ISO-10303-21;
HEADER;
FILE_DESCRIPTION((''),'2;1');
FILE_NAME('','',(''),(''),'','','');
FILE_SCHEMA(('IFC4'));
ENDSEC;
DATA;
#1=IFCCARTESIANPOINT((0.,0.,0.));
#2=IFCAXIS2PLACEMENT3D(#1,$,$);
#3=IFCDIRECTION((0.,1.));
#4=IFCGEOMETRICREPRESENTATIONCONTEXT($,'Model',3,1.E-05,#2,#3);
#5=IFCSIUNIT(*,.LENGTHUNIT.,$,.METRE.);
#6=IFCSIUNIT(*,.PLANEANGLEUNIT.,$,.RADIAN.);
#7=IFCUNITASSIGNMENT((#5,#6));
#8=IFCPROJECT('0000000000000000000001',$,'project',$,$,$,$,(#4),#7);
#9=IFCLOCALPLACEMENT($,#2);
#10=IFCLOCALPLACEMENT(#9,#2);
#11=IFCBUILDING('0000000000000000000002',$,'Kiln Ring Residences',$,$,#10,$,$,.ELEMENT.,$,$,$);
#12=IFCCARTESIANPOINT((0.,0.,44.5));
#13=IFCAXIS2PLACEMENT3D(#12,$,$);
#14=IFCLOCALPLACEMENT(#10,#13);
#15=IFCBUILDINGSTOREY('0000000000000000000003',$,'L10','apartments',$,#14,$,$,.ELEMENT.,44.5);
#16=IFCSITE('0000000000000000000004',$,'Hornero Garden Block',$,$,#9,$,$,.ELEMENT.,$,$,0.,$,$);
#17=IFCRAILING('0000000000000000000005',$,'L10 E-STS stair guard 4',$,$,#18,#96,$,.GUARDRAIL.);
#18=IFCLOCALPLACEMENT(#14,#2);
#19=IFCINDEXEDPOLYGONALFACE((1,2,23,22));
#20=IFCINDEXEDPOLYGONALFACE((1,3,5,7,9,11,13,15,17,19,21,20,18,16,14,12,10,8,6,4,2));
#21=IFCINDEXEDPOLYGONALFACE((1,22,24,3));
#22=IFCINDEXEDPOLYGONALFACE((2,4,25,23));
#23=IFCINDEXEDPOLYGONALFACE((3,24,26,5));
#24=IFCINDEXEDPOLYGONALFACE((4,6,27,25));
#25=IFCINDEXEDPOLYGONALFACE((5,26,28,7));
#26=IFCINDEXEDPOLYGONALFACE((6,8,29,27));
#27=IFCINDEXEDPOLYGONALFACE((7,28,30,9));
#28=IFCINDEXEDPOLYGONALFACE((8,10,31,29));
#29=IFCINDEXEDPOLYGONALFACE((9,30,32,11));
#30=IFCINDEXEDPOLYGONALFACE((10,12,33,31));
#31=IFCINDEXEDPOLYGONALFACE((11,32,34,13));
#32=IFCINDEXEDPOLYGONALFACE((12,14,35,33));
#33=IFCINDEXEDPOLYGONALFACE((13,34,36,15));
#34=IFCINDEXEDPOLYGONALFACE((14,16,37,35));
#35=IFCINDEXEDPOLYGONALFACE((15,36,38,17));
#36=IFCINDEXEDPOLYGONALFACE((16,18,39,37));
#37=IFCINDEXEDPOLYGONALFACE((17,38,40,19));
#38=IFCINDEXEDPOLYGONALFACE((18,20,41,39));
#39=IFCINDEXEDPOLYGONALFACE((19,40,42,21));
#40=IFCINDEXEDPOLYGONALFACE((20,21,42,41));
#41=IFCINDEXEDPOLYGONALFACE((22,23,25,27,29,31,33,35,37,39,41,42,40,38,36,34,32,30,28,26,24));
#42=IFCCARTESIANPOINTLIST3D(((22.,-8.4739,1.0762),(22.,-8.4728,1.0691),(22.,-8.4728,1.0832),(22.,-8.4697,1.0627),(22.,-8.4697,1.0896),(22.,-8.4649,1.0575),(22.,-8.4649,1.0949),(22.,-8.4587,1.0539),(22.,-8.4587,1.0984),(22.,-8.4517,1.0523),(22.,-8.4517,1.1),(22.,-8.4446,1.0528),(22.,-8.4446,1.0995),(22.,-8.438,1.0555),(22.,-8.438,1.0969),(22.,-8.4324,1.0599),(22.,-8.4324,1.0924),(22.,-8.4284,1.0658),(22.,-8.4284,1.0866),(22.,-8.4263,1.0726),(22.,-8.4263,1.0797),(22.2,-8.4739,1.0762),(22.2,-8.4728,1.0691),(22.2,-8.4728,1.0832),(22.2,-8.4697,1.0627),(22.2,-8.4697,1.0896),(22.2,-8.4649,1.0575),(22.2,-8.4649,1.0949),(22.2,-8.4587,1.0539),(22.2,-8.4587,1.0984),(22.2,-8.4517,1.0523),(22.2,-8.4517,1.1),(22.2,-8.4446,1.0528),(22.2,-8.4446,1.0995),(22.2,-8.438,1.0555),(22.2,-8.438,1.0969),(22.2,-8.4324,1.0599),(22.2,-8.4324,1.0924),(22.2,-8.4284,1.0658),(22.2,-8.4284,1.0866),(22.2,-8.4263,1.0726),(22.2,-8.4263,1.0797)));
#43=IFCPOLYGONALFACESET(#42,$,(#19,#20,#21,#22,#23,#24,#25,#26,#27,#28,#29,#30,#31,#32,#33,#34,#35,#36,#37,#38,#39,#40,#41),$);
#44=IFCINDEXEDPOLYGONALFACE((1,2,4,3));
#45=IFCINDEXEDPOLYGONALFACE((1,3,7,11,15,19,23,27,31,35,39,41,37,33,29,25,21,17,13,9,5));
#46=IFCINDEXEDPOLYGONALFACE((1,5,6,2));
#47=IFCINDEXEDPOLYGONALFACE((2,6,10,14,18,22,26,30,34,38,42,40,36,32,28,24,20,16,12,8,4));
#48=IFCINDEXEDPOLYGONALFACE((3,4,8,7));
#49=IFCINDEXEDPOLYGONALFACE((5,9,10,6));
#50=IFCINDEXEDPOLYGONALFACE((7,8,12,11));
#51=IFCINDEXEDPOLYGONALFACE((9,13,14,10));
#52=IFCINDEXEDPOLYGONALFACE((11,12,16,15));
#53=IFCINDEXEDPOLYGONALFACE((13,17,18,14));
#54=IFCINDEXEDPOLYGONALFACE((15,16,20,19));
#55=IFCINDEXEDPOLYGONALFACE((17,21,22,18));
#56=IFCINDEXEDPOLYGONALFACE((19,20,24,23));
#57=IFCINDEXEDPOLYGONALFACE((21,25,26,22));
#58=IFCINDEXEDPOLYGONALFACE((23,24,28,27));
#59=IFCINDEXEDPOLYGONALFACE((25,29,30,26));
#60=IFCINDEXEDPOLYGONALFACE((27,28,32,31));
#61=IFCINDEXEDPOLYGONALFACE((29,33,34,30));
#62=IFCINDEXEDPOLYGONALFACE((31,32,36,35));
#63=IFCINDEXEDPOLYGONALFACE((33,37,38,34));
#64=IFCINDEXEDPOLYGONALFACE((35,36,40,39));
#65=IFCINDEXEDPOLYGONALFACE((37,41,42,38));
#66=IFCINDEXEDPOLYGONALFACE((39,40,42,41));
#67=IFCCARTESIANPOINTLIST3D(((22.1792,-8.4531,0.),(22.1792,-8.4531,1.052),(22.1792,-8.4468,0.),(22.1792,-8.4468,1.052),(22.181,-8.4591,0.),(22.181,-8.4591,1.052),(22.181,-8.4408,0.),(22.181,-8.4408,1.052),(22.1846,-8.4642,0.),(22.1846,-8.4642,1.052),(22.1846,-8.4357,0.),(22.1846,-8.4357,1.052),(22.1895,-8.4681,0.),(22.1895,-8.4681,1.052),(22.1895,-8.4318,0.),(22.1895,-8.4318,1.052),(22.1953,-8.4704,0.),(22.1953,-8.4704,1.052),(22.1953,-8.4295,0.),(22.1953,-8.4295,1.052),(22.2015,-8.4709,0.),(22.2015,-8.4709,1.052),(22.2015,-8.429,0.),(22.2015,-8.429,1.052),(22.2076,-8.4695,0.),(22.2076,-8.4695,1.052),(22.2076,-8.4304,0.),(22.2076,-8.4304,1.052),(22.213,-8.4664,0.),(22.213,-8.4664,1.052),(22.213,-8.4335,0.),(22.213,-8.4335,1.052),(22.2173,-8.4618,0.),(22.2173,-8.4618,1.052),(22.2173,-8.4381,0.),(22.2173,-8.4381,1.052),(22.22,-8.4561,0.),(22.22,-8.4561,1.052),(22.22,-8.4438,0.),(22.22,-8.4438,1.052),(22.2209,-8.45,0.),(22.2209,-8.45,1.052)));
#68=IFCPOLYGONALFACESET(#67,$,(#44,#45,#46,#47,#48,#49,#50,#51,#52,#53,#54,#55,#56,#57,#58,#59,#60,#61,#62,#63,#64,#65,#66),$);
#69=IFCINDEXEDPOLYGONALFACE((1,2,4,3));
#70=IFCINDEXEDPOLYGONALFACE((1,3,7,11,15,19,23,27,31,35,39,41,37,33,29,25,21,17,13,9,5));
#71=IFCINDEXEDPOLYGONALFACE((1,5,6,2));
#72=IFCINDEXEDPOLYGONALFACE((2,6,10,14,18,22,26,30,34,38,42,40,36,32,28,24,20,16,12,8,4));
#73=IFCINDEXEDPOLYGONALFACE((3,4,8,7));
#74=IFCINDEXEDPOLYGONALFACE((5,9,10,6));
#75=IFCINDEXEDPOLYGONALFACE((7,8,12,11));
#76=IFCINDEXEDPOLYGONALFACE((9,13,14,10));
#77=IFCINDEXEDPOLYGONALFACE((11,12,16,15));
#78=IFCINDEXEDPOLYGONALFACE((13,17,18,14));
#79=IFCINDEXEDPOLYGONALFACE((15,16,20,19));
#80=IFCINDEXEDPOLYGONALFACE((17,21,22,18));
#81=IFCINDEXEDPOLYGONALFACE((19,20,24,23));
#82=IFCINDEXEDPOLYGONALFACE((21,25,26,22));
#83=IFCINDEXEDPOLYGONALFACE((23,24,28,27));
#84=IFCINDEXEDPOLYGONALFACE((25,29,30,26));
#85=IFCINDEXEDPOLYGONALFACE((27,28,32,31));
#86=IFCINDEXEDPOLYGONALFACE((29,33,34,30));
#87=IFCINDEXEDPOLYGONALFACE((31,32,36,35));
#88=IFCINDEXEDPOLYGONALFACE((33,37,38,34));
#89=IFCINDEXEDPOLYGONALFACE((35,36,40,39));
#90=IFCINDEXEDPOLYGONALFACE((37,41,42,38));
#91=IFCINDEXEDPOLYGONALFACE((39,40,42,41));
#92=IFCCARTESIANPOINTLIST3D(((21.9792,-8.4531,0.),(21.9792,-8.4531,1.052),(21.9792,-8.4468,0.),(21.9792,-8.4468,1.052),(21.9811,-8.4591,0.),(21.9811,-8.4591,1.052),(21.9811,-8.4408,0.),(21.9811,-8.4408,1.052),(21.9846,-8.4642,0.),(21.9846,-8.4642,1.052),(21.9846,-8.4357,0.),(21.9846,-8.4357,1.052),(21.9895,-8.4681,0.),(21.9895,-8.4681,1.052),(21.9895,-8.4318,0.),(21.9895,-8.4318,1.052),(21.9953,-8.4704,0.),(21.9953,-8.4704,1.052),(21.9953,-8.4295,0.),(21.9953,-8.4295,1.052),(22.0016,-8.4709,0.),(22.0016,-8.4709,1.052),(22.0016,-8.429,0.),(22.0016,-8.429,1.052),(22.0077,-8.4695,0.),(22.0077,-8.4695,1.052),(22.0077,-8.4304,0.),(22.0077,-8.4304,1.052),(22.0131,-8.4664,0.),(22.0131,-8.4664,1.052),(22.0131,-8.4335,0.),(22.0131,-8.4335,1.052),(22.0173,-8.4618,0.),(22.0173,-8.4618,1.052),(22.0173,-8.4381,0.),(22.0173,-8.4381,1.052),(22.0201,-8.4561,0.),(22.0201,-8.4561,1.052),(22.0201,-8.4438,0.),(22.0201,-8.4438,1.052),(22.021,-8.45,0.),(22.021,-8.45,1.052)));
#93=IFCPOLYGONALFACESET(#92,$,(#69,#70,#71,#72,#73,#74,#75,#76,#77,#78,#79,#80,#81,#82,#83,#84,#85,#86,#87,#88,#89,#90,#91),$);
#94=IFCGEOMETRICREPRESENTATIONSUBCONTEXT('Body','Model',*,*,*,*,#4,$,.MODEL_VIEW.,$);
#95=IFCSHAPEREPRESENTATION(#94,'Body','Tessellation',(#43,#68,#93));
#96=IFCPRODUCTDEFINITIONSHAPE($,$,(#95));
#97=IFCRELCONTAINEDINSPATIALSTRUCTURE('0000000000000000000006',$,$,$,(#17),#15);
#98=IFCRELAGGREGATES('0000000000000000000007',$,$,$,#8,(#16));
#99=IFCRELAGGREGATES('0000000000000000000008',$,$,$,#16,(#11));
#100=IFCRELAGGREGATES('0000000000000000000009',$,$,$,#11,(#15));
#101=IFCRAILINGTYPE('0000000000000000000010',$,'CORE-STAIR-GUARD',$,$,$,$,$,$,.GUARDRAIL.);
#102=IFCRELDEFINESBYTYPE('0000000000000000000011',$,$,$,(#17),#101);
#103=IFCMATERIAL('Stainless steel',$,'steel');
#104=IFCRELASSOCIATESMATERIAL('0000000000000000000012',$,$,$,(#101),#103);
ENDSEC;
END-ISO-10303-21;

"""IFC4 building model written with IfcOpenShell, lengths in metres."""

from ifc_helpers import new_model, si_unit, direction, frame, origin, origin_2d, place, context, subcontext, project, spatial, circle, extrude, material, type_object, element, save


model = new_model("IFC4")

# Units and contexts
model_context = context("Model", 3, precision=1e-05, world=origin(), true_north=direction((0.0, 1.0)))
body_context = subcontext(model_context, "Body", "Model", "MODEL_VIEW")
ifc_project = project(units=[si_unit("LENGTHUNIT", "METRE"), si_unit("PLANEANGLEUNIT", "RADIAN")], contexts=[model_context])

# Site, building, storey
site_placement = place(None, origin())
site = spatial("IfcSite", under=ifc_project, at=site_placement, Name="Hornero Garden Block", CompositionType="ELEMENT", RefElevation=0.0)
building_placement = place(site_placement, origin())
building = spatial("IfcBuilding", under=site, at=building_placement, Name="Kiln Ring Residences", CompositionType="ELEMENT")
storey_placement = place(building_placement, frame((0.0, 0.0, 44.5)))
storey = spatial("IfcBuildingStorey", under=building, at=storey_placement, Name="L10", Description="apartments", CompositionType="ELEMENT", Elevation=44.5)

# Railing
ifc_material_1 = material(Name="Stainless steel", Category="steel")
railing_type_1 = type_object("IfcRailingType", Name="CORE-STAIR-GUARD", PredefinedType="GUARDRAIL", material=ifc_material_1)
railing_1_placement = place(storey_placement, frame((22.2, -8.45, 0.0)))
element("IfcRailing", 1, at=railing_1_placement, inside=storey, type_object=railing_type_1, Name="L10 E-STS stair guard 4", PredefinedType="GUARDRAIL", context=body_context, shape_type="SweptSolid", body=[
    extrude(circle(Radius=0.0239, at=origin_2d()), frame((0.0, 0.0, 1.0762), z_axis=(-1.0, 0.0, 0.0), x_axis=(0.0, -1.0, 0.0)), (0.0, 0.0, 1.0), 0.2),
    extrude(circle(Radius=0.021, at=origin_2d()), origin(), (0.0, 0.0, 1.0), 1.052),
    extrude(circle(Radius=0.021, at=origin_2d()), frame((-0.2, 0.0, 0.0)), (0.0, 0.0, 1.0), 1.052),
])

save(model, "model.ifc")
